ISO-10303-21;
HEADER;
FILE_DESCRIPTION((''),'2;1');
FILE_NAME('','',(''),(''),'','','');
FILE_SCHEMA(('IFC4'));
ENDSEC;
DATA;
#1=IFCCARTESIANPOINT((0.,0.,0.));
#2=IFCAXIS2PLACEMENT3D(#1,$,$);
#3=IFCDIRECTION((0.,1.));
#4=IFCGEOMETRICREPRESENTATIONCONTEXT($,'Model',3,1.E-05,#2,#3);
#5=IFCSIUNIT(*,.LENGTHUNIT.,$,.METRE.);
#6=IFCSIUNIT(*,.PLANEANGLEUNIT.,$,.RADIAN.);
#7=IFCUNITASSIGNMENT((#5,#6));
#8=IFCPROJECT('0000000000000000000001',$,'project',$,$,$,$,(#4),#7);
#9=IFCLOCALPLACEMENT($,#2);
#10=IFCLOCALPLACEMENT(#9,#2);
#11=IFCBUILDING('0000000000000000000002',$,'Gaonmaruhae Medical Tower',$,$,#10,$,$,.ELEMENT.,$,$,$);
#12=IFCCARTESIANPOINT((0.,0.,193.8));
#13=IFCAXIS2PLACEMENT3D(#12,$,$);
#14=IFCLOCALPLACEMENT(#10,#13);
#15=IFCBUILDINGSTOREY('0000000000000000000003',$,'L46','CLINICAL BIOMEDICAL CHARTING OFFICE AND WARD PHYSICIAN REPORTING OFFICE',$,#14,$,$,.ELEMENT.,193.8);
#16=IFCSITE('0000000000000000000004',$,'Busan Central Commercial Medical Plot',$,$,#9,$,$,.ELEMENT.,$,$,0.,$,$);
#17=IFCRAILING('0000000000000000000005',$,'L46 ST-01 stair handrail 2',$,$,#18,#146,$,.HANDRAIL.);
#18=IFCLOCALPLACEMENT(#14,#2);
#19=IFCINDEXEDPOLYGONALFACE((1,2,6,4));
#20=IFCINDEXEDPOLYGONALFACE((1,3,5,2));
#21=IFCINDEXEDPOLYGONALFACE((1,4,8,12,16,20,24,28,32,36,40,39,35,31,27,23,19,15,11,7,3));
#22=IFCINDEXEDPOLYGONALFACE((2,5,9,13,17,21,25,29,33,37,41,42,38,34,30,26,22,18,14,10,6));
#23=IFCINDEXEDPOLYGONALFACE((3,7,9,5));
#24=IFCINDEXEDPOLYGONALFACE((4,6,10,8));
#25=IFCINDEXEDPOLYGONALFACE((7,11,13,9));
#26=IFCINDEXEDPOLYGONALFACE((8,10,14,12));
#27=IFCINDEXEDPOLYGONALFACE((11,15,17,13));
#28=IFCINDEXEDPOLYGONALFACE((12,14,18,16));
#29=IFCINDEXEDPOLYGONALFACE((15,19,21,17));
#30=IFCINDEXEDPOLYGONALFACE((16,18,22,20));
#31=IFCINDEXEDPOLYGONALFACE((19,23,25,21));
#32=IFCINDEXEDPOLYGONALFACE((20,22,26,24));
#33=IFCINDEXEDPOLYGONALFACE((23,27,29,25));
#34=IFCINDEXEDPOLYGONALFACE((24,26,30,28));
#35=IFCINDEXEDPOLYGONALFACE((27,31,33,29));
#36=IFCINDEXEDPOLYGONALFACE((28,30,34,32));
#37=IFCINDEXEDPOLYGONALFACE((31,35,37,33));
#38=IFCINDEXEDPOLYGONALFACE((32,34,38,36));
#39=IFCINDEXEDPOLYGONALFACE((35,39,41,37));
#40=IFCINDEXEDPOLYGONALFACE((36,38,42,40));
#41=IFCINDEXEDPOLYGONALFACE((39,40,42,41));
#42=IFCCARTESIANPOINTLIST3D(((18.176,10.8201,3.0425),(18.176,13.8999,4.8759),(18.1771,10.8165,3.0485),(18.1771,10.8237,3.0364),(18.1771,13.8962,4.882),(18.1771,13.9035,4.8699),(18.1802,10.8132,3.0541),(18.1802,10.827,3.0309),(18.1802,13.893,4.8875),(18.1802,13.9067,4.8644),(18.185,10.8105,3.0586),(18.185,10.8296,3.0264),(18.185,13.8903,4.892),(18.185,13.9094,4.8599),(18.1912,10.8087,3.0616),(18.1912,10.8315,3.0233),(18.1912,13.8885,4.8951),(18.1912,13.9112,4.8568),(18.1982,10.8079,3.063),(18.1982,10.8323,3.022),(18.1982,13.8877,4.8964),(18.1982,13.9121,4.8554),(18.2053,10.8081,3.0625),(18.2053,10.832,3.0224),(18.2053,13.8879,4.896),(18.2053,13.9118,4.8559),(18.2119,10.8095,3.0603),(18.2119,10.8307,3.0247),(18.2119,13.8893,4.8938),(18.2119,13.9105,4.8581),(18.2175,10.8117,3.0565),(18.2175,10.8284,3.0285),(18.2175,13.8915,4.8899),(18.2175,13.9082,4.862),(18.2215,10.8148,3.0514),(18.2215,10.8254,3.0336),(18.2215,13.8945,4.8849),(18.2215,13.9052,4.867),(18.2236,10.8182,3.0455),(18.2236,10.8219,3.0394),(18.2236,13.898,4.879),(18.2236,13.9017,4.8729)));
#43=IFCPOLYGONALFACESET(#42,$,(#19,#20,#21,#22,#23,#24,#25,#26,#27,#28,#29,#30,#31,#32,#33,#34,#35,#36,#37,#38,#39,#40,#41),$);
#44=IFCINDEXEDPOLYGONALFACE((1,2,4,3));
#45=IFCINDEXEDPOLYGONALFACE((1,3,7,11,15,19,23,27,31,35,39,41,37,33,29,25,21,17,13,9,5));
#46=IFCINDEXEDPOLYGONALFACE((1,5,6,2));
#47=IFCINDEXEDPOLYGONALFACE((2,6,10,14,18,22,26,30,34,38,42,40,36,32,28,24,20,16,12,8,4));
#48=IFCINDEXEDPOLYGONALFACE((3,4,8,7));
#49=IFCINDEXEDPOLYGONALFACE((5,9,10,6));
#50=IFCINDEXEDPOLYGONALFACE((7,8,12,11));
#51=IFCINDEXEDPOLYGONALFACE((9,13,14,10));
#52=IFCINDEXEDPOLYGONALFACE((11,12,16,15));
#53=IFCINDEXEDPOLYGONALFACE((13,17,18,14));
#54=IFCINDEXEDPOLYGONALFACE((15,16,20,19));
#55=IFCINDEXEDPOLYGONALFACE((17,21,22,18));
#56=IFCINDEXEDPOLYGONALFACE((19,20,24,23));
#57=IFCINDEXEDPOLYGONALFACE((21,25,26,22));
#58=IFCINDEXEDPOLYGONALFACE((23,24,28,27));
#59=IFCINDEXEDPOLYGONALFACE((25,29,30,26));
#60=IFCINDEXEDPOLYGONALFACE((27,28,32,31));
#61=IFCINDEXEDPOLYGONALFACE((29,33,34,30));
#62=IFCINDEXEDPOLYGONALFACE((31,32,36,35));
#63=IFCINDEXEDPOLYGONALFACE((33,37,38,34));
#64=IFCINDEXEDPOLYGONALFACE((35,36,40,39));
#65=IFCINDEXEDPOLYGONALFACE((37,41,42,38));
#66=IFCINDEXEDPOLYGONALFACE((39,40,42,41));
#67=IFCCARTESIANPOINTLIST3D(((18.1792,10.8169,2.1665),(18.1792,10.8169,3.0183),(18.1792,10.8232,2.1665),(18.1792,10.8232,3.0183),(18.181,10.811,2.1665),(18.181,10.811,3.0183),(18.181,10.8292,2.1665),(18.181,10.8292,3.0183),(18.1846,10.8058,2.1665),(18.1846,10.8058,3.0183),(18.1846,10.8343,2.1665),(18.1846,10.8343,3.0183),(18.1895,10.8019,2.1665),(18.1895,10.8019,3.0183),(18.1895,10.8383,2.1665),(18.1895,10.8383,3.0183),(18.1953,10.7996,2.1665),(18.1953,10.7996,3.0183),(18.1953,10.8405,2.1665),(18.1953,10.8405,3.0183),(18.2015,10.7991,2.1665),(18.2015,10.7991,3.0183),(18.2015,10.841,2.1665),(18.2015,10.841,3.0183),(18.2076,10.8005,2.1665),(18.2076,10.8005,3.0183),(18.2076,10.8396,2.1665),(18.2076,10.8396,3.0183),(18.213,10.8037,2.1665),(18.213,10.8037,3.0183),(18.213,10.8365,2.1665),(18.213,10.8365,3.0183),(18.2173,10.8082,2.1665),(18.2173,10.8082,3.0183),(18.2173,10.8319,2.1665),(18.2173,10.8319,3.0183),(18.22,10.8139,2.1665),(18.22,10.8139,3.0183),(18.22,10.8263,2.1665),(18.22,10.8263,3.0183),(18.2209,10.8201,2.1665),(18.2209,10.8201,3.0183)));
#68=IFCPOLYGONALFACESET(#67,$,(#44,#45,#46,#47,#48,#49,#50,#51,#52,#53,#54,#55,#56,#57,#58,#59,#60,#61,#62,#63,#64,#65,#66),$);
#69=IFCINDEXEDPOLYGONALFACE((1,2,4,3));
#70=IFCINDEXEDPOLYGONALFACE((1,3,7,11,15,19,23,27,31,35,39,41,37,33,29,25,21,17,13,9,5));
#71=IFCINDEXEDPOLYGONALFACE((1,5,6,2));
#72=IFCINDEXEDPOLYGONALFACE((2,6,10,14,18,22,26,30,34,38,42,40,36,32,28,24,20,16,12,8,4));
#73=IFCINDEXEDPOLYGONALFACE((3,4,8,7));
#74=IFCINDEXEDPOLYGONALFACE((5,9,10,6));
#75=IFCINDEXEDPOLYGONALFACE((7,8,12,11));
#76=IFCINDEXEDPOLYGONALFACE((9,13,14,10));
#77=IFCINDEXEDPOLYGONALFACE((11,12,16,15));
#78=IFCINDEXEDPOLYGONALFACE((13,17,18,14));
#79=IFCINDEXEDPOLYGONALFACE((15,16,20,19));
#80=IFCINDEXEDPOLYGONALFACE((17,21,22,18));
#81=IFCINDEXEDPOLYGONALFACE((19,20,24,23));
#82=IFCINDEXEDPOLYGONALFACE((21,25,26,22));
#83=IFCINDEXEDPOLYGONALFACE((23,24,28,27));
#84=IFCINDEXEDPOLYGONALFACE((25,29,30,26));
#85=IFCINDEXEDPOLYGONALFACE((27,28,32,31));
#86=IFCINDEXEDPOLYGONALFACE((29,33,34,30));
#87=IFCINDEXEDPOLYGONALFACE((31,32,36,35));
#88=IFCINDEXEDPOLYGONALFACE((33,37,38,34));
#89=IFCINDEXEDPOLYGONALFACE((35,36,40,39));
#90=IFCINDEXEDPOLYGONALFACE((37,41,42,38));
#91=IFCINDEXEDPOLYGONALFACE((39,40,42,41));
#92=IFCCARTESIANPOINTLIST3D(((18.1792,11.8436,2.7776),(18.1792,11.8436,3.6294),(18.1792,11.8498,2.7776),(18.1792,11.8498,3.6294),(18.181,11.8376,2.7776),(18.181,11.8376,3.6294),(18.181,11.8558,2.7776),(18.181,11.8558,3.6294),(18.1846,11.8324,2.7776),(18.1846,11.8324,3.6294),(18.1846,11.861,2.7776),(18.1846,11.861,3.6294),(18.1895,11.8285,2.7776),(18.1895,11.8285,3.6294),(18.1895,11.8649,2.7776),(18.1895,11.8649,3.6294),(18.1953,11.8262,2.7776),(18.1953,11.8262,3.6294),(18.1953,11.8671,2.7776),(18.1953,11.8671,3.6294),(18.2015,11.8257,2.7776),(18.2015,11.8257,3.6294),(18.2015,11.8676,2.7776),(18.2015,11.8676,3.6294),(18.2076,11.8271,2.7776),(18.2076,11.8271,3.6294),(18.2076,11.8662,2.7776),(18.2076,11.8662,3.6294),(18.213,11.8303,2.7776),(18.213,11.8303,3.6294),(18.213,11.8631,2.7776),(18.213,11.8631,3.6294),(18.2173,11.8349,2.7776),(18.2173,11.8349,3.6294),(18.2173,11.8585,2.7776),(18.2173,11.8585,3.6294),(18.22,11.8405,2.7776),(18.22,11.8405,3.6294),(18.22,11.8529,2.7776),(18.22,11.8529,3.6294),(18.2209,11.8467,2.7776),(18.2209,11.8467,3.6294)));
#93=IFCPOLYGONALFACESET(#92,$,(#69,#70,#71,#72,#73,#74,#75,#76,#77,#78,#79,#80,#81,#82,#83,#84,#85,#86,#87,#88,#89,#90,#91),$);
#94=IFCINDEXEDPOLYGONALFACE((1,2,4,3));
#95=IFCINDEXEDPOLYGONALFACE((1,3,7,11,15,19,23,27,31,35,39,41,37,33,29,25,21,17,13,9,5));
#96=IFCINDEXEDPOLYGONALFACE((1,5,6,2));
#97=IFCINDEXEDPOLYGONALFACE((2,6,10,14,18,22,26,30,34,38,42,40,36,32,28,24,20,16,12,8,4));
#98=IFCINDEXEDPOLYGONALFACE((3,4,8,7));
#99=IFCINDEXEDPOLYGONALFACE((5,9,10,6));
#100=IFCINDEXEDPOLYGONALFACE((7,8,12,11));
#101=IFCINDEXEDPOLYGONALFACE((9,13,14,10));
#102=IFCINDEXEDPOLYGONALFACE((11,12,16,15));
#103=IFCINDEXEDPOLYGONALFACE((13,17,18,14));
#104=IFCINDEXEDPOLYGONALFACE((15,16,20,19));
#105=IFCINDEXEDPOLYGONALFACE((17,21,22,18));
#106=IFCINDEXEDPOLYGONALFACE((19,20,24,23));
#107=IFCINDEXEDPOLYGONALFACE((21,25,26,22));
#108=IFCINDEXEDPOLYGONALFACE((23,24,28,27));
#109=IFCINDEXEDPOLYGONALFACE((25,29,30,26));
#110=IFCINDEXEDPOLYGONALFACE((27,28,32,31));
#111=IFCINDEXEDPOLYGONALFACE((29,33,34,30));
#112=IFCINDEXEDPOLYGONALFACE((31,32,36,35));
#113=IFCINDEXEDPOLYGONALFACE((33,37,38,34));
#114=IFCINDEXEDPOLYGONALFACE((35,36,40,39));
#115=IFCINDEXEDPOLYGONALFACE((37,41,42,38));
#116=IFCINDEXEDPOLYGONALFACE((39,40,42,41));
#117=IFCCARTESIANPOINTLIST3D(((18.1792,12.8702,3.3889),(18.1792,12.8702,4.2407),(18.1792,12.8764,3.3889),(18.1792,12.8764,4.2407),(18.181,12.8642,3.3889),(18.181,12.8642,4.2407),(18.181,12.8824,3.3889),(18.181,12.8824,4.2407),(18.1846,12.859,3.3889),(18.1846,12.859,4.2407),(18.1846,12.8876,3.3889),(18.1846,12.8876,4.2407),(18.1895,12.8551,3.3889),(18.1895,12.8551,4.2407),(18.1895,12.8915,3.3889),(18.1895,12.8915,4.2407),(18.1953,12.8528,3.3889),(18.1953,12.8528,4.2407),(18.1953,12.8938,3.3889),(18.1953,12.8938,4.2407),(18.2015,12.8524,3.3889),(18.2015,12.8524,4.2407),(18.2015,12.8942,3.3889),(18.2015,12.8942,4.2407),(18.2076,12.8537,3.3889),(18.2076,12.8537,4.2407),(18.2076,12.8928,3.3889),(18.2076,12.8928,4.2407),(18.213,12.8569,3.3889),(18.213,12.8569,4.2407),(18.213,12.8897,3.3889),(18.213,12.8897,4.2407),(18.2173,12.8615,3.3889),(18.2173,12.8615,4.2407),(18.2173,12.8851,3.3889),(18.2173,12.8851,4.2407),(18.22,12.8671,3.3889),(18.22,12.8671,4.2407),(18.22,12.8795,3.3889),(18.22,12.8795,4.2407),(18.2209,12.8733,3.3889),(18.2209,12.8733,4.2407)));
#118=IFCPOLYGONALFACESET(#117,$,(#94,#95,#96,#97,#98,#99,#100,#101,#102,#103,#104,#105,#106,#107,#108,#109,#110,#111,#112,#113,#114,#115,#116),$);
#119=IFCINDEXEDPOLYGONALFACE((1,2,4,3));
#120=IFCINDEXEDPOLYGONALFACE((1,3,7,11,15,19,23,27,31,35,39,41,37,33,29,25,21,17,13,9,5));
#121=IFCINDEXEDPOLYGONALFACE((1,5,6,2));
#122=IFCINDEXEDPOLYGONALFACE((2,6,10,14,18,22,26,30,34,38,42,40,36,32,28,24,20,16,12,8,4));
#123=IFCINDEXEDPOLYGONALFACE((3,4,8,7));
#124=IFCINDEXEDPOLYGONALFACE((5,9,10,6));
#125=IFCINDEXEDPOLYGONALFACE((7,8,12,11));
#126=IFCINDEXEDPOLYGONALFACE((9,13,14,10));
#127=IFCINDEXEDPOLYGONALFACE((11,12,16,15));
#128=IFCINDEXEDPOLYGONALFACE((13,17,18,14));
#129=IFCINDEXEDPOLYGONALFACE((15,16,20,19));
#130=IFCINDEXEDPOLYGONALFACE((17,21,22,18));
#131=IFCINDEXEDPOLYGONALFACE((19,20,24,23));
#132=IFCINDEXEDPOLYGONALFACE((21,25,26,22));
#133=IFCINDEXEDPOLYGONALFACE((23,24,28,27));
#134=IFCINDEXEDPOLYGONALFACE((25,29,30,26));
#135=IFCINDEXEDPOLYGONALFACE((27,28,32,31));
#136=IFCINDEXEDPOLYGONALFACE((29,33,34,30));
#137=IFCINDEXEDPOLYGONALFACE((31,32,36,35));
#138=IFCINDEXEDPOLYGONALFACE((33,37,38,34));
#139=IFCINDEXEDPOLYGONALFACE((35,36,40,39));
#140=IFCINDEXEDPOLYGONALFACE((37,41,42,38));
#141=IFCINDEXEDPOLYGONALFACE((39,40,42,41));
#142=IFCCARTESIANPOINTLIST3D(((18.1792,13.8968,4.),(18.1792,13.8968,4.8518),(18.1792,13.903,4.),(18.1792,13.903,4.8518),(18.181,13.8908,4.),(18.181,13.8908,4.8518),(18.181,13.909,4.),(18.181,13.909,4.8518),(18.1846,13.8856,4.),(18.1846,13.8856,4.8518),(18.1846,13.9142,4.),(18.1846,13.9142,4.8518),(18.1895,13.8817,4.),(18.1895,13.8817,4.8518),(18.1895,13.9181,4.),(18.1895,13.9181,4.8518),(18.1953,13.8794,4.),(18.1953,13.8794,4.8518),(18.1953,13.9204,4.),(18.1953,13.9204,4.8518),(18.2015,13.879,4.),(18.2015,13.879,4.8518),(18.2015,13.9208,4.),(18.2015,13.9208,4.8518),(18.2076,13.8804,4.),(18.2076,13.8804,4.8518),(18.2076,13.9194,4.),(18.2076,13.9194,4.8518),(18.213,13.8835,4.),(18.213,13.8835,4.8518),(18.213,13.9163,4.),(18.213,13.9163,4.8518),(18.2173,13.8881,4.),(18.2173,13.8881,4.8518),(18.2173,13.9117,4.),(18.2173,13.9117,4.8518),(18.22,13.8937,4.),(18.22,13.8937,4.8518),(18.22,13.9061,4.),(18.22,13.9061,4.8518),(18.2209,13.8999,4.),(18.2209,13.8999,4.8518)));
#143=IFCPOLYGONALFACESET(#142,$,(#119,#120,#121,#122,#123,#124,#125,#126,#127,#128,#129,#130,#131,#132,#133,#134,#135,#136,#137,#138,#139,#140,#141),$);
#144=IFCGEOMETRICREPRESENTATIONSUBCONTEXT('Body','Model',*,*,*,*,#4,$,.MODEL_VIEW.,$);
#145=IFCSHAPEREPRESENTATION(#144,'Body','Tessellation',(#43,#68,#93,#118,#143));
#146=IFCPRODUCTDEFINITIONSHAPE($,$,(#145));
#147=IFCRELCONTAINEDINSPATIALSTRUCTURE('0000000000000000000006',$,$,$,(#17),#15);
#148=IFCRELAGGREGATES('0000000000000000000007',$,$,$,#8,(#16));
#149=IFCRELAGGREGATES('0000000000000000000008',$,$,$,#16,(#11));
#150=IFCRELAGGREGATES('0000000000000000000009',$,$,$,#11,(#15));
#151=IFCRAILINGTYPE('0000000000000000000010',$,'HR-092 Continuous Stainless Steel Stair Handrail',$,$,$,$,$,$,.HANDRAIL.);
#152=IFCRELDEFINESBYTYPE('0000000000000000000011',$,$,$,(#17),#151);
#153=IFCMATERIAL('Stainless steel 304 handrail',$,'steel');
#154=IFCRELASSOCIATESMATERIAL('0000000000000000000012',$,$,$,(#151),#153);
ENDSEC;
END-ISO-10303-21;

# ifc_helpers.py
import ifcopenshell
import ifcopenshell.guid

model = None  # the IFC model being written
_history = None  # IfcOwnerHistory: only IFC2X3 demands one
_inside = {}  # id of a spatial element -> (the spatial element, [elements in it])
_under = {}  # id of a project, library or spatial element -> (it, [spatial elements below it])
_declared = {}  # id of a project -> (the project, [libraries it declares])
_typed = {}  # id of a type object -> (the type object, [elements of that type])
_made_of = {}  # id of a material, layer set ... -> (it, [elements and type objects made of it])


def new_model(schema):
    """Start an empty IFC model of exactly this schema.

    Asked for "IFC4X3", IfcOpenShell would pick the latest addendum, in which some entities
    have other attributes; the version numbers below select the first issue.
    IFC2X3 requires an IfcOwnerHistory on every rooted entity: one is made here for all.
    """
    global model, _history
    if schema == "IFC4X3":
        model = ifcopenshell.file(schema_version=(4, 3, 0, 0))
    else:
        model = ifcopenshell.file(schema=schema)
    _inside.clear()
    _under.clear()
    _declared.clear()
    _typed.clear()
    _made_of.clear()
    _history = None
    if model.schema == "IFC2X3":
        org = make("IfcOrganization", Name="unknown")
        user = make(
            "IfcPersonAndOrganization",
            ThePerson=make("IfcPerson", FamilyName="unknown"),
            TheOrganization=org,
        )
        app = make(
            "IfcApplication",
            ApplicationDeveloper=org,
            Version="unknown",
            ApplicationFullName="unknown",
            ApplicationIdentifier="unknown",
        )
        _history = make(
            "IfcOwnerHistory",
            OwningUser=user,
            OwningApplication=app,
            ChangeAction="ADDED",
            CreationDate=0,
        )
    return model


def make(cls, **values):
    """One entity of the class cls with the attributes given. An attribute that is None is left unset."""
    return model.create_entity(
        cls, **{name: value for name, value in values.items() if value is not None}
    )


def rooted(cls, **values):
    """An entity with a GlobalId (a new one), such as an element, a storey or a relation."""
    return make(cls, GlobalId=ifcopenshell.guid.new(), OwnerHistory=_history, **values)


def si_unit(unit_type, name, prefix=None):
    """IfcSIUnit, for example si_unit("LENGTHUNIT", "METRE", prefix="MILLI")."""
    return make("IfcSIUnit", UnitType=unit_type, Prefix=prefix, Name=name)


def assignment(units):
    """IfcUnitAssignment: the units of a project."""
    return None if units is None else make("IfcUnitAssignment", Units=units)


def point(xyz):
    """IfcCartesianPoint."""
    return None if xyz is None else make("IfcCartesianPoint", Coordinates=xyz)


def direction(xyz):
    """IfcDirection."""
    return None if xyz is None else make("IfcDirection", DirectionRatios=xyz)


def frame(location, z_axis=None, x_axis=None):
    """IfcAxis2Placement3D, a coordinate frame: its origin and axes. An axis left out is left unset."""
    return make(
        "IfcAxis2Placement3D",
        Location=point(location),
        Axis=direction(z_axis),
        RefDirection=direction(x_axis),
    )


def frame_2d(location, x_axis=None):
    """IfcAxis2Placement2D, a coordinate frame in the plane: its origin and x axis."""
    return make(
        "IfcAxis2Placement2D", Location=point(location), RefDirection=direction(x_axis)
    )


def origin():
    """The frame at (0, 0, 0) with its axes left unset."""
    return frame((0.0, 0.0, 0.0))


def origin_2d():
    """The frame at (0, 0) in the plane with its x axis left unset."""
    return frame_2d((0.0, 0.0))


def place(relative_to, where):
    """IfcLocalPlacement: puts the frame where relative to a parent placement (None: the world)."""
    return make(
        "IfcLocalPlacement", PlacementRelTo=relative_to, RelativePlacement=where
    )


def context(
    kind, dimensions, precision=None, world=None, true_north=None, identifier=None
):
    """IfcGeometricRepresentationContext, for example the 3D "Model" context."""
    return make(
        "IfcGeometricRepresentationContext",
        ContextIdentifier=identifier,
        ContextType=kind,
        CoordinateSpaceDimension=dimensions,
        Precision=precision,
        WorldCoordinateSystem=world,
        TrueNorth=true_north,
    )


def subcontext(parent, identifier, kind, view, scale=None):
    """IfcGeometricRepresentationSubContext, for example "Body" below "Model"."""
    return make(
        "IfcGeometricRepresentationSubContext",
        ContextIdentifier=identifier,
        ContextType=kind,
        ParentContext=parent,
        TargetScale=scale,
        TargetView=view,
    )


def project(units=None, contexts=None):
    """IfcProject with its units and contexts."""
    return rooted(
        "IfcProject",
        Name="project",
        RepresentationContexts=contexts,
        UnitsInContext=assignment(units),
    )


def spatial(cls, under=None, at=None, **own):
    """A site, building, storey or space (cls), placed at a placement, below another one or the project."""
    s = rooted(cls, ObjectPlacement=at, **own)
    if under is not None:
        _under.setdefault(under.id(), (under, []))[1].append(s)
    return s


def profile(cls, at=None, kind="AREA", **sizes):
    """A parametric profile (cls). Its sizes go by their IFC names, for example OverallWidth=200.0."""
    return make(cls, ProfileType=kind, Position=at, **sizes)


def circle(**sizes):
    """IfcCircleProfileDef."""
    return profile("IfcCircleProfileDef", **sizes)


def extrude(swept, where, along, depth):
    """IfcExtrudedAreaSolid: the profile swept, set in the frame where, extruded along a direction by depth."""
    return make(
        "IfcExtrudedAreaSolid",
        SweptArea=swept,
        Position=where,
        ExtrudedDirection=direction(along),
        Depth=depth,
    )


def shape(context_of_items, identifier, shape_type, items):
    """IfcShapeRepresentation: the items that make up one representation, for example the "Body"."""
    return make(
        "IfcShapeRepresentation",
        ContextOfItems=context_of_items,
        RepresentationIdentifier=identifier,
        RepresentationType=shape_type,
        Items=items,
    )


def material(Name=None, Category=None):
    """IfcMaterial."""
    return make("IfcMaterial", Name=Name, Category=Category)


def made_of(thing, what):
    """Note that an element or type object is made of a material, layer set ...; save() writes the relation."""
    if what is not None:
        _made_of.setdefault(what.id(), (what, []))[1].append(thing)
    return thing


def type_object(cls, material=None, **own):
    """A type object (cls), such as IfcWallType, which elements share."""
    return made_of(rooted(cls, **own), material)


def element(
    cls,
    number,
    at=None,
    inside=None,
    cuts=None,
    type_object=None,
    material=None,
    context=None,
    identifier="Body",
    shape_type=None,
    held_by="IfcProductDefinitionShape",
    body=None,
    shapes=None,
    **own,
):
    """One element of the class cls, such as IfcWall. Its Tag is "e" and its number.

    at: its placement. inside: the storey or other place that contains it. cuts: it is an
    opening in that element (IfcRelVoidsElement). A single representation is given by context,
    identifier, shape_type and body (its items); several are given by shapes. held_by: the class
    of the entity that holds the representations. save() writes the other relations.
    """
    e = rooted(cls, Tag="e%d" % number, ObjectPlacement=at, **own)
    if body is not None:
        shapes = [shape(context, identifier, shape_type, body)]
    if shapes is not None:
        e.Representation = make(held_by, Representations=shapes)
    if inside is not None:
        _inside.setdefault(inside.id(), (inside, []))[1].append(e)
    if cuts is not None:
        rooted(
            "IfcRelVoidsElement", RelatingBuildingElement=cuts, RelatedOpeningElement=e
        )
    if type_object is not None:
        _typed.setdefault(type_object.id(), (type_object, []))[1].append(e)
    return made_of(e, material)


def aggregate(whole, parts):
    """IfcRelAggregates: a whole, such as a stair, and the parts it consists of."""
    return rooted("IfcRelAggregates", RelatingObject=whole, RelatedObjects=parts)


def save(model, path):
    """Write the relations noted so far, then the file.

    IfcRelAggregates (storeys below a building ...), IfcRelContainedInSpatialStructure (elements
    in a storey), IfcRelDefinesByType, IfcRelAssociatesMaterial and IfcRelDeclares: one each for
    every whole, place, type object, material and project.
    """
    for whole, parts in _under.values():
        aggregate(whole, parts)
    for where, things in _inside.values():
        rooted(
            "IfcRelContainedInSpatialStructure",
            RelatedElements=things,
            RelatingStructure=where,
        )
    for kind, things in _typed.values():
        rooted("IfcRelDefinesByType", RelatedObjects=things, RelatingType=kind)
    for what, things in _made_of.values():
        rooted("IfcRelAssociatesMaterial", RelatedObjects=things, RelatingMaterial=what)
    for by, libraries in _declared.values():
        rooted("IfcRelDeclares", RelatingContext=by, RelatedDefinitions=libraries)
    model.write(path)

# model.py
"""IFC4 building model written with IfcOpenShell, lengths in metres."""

from ifc_helpers import new_model, si_unit, direction, frame, origin, origin_2d, place, context, subcontext, project, spatial, circle, extrude, material, type_object, element, save


model = new_model("IFC4")

# Units and contexts
model_context = context("Model", 3, precision=1e-05, world=origin(), true_north=direction((0.0, 1.0)))
body_context = subcontext(model_context, "Body", "Model", "MODEL_VIEW")
ifc_project = project(units=[si_unit("LENGTHUNIT", "METRE"), si_unit("PLANEANGLEUNIT", "RADIAN")], contexts=[model_context])

# Site, building, storey
site_placement = place(None, origin())
site = spatial("IfcSite", under=ifc_project, at=site_placement, Name="Busan Central Commercial Medical Plot", CompositionType="ELEMENT", RefElevation=0.0)
building_placement = place(site_placement, origin())
building = spatial("IfcBuilding", under=site, at=building_placement, Name="Gaonmaruhae Medical Tower", CompositionType="ELEMENT")
storey_placement = place(building_placement, frame((0.0, 0.0, 193.8)))
storey = spatial("IfcBuildingStorey", under=building, at=storey_placement, Name="L46", Description="CLINICAL BIOMEDICAL CHARTING OFFICE AND WARD PHYSICIAN REPORTING OFFICE", CompositionType="ELEMENT", Elevation=193.8)

# Railing
ifc_material_1 = material(Name="Stainless steel 304 handrail", Category="steel")
railing_type_1 = type_object("IfcRailingType", Name="HR-092 Continuous Stainless Steel Stair Handrail", PredefinedType="HANDRAIL", material=ifc_material_1)
railing_1_placement = place(storey_placement, frame((18.2, 10.8201, 2.1665)))
element("IfcRailing", 1, at=railing_1_placement, inside=storey, type_object=railing_type_1, Name="L46 ST-01 stair handrail 2", PredefinedType="HANDRAIL", context=body_context, shape_type="SweptSolid", body=[
    extrude(circle(Radius=0.0239, at=origin_2d()), frame((0.0, 0.0, 0.876), z_axis=(0.0, 0.859261, 0.511538), x_axis=(-1.0, 0.0, 0.0)), (0.0, 0.0, 1.0), 3.5842),
    extrude(circle(Radius=0.021, at=origin_2d()), origin(), (0.0, 0.0, 1.0), 0.8518),
    extrude(circle(Radius=0.021, at=origin_2d()), frame((0.0, 1.0266, 0.6111)), (0.0, 0.0, 1.0), 0.8518),
    extrude(circle(Radius=0.021, at=origin_2d()), frame((0.0, 2.0532, 1.2224)), (0.0, 0.0, 1.0), 0.8518),
    extrude(circle(Radius=0.021, at=origin_2d()), frame((0.0, 3.0798, 1.8335)), (0.0, 0.0, 1.0), 0.8518),
])

save(model, "model.ifc")
